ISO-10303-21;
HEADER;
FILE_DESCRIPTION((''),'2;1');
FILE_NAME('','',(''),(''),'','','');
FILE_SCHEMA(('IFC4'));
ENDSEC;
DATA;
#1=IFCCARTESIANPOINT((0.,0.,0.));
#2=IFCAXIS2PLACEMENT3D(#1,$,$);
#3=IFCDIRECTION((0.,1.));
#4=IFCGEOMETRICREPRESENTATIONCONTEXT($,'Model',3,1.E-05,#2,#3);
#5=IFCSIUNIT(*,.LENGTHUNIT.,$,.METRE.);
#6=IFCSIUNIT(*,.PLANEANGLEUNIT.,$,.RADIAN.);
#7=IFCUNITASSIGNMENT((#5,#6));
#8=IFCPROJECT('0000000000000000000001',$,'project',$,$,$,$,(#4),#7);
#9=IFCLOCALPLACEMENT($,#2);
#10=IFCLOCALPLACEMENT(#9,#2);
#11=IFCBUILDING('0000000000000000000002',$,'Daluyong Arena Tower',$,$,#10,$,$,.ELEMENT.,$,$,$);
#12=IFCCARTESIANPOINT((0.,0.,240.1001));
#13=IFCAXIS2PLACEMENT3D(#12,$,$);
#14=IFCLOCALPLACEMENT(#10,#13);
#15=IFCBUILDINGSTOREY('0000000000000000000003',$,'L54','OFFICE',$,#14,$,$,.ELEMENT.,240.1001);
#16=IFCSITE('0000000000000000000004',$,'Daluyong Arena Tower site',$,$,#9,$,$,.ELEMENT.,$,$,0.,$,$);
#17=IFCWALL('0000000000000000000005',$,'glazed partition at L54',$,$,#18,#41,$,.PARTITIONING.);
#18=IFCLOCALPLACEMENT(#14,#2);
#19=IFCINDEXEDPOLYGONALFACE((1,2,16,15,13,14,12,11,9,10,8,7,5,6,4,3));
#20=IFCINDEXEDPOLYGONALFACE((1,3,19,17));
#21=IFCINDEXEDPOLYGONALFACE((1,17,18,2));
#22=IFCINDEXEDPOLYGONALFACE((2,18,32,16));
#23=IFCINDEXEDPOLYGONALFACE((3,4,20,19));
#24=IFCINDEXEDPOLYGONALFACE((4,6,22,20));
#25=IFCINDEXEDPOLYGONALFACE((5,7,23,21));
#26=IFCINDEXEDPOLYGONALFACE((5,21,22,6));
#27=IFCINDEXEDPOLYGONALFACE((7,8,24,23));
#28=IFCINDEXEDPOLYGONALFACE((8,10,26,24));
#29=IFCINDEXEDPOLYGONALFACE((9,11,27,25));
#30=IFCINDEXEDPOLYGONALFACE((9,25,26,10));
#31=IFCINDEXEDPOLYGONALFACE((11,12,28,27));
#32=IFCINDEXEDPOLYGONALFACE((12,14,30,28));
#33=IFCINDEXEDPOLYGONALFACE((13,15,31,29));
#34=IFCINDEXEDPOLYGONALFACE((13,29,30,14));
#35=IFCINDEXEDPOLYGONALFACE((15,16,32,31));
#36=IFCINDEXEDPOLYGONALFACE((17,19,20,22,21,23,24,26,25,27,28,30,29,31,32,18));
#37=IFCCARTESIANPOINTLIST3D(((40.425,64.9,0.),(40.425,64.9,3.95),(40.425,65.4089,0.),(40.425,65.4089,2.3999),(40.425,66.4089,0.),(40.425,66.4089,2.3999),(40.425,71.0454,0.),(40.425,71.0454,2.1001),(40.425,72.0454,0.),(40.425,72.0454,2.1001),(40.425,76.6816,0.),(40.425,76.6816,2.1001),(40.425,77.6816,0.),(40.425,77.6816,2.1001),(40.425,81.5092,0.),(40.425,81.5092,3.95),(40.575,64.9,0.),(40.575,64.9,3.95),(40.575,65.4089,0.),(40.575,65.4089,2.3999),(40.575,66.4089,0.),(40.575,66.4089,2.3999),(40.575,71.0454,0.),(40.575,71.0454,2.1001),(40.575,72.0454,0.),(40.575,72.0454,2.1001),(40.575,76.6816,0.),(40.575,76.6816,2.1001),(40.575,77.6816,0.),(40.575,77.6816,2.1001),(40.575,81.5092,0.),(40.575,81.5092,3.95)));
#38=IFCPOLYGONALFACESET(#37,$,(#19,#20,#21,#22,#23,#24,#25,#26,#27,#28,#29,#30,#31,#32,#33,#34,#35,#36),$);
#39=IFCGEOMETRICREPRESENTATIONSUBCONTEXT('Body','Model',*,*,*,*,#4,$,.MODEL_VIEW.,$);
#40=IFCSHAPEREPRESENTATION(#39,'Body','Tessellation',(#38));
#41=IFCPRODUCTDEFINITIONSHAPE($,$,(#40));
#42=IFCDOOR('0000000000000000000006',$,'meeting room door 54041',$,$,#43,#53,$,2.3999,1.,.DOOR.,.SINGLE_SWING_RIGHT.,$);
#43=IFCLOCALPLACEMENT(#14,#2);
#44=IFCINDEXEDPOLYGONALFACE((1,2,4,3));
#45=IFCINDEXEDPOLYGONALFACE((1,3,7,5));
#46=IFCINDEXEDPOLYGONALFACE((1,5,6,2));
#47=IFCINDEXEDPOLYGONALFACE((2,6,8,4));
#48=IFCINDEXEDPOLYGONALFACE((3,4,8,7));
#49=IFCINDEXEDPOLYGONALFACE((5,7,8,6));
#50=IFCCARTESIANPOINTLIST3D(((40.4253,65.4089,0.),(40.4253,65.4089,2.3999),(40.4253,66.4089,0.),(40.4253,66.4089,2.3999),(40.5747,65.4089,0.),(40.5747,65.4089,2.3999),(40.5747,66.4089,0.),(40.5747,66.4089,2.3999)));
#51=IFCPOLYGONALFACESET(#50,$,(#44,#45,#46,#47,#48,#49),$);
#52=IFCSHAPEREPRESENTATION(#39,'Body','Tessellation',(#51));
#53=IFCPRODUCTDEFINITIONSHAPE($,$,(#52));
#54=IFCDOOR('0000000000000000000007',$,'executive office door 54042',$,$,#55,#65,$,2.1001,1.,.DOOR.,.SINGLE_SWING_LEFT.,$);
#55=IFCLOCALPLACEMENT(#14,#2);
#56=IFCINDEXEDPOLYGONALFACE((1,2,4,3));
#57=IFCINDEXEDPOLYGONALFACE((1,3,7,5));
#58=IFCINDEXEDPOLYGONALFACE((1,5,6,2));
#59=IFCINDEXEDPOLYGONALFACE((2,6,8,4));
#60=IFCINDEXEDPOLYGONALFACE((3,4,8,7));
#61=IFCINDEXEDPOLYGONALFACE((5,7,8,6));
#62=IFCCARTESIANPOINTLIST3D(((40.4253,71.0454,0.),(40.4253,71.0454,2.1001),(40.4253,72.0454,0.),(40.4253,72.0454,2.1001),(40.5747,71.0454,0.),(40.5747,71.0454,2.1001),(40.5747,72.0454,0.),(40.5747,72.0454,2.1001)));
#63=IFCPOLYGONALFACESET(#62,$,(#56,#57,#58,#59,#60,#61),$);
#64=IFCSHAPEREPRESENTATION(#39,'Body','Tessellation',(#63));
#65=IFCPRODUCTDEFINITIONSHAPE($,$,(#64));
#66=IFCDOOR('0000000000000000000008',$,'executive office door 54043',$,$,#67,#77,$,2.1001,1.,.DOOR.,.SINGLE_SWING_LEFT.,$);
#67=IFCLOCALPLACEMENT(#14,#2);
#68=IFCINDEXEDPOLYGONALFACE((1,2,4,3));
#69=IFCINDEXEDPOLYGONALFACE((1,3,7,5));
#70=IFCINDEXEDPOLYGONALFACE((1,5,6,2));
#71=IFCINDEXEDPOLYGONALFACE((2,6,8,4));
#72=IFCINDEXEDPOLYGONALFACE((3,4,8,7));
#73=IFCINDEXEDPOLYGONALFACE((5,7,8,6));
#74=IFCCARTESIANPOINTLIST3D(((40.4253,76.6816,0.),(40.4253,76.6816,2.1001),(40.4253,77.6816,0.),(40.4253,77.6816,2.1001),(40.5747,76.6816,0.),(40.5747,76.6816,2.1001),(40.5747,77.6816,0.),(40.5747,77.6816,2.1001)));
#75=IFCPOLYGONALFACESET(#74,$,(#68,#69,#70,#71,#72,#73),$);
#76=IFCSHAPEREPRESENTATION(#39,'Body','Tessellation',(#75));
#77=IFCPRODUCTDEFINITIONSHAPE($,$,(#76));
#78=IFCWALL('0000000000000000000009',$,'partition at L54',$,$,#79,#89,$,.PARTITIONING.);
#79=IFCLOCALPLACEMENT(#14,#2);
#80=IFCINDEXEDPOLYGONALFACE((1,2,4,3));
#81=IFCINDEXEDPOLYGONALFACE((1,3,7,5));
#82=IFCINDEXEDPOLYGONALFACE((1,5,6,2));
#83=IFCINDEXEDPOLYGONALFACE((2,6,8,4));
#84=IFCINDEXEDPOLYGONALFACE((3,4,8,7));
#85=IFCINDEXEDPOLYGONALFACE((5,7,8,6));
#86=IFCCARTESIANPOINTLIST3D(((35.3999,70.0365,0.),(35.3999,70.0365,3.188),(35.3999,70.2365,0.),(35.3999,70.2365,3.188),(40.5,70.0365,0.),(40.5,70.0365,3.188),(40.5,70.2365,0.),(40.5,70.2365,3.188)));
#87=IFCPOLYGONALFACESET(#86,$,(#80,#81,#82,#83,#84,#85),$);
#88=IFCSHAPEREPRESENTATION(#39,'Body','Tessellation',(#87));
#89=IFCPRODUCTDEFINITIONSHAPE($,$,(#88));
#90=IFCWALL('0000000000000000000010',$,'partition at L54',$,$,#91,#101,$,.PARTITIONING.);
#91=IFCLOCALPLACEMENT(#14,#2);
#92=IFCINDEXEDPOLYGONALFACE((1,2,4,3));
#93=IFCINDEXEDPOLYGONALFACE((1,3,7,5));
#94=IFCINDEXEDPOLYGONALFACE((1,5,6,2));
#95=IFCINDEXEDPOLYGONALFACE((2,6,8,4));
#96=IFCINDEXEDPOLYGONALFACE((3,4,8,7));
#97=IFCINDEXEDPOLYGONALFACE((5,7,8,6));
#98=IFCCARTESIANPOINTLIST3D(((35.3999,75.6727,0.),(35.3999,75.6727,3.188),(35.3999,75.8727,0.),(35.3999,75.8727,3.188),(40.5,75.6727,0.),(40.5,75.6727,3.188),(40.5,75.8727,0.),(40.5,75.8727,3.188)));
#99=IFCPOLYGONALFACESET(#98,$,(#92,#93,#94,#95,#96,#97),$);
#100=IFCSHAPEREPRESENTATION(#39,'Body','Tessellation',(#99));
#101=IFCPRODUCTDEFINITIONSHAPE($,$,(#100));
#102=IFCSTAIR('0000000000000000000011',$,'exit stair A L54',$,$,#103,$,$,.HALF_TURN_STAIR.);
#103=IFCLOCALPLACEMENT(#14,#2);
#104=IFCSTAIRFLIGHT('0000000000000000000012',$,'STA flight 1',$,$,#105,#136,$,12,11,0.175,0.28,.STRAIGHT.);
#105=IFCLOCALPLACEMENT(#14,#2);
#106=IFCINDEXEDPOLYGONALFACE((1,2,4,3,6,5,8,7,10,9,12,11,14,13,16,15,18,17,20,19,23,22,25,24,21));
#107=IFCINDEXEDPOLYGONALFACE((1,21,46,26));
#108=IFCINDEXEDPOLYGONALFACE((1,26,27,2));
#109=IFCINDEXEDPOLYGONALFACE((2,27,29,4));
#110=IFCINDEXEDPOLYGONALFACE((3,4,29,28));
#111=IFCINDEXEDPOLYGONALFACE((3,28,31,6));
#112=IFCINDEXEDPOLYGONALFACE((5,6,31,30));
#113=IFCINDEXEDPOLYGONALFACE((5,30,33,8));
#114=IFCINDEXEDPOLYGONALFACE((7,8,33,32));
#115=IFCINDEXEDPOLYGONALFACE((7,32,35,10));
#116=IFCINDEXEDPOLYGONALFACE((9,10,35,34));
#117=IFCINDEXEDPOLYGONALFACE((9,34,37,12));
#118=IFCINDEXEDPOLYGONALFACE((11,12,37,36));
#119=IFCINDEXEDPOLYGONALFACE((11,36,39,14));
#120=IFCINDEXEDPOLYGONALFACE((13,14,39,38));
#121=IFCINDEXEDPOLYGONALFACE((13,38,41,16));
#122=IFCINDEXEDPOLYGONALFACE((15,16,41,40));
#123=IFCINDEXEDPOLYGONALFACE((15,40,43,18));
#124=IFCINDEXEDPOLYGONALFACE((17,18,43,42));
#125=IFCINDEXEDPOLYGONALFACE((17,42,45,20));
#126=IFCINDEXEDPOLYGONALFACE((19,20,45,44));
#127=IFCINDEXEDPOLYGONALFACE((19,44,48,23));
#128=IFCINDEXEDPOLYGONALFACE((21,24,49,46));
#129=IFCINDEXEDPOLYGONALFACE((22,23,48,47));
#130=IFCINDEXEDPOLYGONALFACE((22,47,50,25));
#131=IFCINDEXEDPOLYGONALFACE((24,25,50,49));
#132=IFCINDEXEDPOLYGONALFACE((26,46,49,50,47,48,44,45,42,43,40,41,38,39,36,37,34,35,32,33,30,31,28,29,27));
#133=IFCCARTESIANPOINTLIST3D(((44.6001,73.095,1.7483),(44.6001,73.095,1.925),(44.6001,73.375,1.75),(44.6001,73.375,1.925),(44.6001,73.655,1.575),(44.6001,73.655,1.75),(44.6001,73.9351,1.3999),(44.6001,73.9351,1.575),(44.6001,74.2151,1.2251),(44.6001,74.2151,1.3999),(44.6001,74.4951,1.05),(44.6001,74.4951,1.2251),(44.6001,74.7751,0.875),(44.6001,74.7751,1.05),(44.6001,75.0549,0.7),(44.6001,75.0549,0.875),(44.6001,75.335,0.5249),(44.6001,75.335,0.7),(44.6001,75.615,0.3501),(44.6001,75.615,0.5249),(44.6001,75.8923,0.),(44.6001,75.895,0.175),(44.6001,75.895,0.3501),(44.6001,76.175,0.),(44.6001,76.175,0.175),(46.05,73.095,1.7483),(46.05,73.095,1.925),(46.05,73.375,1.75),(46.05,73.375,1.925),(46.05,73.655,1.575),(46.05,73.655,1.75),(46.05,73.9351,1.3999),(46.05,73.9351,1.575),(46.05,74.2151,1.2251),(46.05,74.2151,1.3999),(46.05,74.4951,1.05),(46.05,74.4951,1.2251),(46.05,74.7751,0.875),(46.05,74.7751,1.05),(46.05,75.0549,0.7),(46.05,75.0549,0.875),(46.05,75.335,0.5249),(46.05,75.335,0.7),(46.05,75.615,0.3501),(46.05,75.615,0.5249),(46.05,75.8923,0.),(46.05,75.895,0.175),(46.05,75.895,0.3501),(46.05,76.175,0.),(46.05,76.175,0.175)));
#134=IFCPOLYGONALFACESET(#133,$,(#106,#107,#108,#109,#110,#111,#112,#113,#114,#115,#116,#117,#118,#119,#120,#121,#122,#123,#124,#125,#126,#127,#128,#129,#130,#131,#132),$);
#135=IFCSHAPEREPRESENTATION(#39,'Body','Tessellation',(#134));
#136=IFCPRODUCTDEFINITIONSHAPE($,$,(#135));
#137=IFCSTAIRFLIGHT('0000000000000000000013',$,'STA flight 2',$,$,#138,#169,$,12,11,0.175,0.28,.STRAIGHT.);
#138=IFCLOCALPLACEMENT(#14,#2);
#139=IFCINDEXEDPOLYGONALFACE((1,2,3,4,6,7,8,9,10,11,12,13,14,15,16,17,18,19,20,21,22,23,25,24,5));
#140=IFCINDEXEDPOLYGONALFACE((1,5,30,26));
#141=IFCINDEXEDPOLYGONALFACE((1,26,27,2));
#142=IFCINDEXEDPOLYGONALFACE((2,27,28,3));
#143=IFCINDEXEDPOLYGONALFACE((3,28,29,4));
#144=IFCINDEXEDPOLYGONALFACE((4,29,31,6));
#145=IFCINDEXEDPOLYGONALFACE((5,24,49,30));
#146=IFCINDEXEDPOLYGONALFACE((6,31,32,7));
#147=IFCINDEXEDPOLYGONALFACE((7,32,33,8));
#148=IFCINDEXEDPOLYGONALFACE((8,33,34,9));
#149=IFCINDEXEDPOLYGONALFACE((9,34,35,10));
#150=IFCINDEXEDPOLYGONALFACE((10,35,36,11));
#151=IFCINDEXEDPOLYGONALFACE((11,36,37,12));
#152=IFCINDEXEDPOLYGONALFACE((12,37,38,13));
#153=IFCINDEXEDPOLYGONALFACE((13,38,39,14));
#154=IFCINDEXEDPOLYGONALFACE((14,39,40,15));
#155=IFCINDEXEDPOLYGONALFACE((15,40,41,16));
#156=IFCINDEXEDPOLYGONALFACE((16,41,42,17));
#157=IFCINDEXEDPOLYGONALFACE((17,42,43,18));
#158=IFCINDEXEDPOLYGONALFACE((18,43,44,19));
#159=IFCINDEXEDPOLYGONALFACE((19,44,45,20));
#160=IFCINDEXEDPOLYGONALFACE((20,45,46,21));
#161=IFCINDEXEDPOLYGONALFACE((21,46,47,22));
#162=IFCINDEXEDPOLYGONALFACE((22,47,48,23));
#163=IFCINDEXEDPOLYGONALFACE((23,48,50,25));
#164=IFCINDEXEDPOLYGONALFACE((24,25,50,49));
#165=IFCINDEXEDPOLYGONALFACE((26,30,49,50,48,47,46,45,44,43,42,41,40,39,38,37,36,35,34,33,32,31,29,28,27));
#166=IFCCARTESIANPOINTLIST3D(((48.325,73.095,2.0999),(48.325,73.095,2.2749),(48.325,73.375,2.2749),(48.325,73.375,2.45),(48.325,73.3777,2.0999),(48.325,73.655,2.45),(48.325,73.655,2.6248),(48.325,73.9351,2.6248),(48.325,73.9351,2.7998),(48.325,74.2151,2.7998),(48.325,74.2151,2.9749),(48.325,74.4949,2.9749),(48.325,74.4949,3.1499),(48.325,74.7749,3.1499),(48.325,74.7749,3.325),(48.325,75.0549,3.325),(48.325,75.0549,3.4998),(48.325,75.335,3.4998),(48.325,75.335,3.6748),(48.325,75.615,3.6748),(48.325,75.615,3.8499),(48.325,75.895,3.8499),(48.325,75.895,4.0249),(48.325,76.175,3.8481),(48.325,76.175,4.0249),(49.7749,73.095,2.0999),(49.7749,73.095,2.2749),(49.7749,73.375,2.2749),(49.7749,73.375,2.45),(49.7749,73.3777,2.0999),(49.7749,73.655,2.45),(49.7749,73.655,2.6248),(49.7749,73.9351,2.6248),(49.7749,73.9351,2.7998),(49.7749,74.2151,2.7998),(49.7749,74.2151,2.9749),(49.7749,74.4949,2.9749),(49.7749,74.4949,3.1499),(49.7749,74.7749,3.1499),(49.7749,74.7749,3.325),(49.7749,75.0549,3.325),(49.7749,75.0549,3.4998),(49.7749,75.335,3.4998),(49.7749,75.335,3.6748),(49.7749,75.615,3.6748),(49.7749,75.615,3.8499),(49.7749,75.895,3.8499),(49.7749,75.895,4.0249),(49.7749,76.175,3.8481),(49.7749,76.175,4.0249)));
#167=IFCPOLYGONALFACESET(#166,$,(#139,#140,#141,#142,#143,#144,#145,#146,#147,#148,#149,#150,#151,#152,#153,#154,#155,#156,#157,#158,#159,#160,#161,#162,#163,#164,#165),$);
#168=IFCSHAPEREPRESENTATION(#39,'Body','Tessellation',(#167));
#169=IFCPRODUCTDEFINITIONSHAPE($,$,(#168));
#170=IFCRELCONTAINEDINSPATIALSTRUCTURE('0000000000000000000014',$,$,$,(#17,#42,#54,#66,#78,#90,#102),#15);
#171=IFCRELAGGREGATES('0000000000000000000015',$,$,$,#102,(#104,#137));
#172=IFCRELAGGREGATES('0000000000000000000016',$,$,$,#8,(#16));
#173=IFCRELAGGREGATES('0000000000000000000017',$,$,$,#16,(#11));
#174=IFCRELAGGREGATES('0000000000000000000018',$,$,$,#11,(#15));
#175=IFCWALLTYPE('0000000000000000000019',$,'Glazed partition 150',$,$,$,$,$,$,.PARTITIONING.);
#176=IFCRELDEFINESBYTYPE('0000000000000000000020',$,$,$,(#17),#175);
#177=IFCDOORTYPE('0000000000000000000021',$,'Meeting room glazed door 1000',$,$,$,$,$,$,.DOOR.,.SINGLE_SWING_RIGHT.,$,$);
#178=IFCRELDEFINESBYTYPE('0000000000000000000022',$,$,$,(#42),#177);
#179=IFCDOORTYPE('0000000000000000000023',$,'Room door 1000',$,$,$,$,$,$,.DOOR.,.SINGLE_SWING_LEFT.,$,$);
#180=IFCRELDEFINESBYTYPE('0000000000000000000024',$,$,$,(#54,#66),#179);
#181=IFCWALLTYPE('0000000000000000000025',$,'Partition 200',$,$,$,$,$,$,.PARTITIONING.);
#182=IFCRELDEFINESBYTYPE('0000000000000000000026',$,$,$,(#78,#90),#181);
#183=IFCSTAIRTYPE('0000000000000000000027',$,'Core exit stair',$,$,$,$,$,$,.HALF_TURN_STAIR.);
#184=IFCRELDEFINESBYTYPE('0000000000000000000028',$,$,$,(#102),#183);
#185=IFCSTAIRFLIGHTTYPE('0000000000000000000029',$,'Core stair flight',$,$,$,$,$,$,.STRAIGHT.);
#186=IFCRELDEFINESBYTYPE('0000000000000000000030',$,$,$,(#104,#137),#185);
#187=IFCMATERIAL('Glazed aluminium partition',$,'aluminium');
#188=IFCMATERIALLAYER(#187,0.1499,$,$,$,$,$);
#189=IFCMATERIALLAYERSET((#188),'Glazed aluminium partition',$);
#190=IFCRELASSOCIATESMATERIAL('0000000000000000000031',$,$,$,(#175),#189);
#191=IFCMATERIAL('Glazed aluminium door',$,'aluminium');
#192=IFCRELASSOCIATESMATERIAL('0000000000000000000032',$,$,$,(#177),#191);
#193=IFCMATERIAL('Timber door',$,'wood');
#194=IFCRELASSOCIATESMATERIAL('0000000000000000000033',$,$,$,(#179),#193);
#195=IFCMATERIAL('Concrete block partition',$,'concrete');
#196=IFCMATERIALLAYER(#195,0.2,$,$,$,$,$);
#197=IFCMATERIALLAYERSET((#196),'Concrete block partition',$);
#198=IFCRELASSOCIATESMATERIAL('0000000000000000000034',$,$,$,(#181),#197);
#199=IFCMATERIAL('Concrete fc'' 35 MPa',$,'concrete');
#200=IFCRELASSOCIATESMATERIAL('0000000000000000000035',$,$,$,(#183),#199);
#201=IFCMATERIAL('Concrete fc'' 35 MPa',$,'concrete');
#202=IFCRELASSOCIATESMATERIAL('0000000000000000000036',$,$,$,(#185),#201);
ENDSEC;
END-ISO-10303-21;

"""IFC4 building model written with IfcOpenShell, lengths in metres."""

from ifc_helpers import new_model, si_unit, direction, frame, frame_2d, origin, place, context, subcontext, project, spatial, polyline, rectangle, outline, extrude, material, layer, layer_set, type_object, element, fill, aggregate, save


model = new_model("IFC4")

# Units and contexts
model_context = context("Model", 3, precision=1e-05, world=origin(), true_north=direction((0.0, 1.0)))
body_context = subcontext(model_context, "Body", "Model", "MODEL_VIEW")
ifc_project = project(units=[si_unit("LENGTHUNIT", "METRE"), si_unit("PLANEANGLEUNIT", "RADIAN")], contexts=[model_context])

# Site, building, storey
site_placement = place(None, origin())
site = spatial("IfcSite", under=ifc_project, at=site_placement, Name="Daluyong Arena Tower site", CompositionType="ELEMENT", RefElevation=0.0)
building_placement = place(site_placement, origin())
building = spatial("IfcBuilding", under=site, at=building_placement, Name="Daluyong Arena Tower", CompositionType="ELEMENT")
storey_placement = place(building_placement, frame((0.0, 0.0, 240.1001)))
storey = spatial("IfcBuildingStorey", under=building, at=storey_placement, Name="L54", Description="OFFICE", CompositionType="ELEMENT", Elevation=240.1001)

# Wall, openings, doors
ifc_material_1 = material(Name="Glazed aluminium partition", Category="aluminium")
ifc_layer_1 = layer(ifc_material_1, 0.1499)
ifc_layer_set_1 = layer_set([ifc_layer_1], Name="Glazed aluminium partition")
wall_type_1 = type_object("IfcWallType", Name="Glazed partition 150", PredefinedType="PARTITIONING", material=ifc_layer_set_1)
wall_1_placement = place(storey_placement, frame((40.5, 64.8999, 0.0), z_axis=(0.0, 0.0, 1.0), x_axis=(0.0, 1.0, 0.0)))
wall_1 = element("IfcWall", 1, at=wall_1_placement, inside=storey, type_object=wall_type_1, Name="glazed partition at L54", PredefinedType="PARTITIONING", context=body_context, shape_type="SweptSolid", body=[
    extrude(rectangle(XDim=16.6091, YDim=0.1499, at=frame_2d((8.3047, 0.0))), origin(), (0.0, 0.0, 1.0), 3.95),
])
opening_1_placement = place(wall_1_placement, frame((0.509, 0.0, 0.0)))
opening_1 = element("IfcOpeningElement", 2, at=opening_1_placement, cuts=wall_1, PredefinedType="OPENING", context=body_context, shape_type="SweptSolid", body=[
    extrude(rectangle(XDim=1.0, YDim=2.3999, at=frame_2d((0.5, 1.2))), frame((0.0, 0.085, 0.0), z_axis=(0.0, -1.0, 0.0), x_axis=(1.0, 0.0, 0.0)), (0.0, 0.0, 1.0), 0.1699),
])
opening_2_placement = place(wall_1_placement, frame((6.1455, 0.0, 0.0)))
opening_2 = element("IfcOpeningElement", 3, at=opening_2_placement, cuts=wall_1, PredefinedType="OPENING", context=body_context, shape_type="SweptSolid", body=[
    extrude(rectangle(XDim=1.0, YDim=2.1001, at=frame_2d((0.5, 1.05))), frame((0.0, 0.085, 0.0), z_axis=(0.0, -1.0, 0.0), x_axis=(1.0, 0.0, 0.0)), (0.0, 0.0, 1.0), 0.1699),
])
opening_3_placement = place(wall_1_placement, frame((11.7817, 0.0, 0.0)))
opening_3 = element("IfcOpeningElement", 4, at=opening_3_placement, cuts=wall_1, PredefinedType="OPENING", context=body_context, shape_type="SweptSolid", body=[
    extrude(rectangle(XDim=1.0, YDim=2.1001, at=frame_2d((0.5, 1.05))), frame((0.0, 0.085, 0.0), z_axis=(0.0, -1.0, 0.0), x_axis=(1.0, 0.0, 0.0)), (0.0, 0.0, 1.0), 0.1699),
])
ifc_material_2 = material(Name="Glazed aluminium door", Category="aluminium")
door_type_1 = type_object("IfcDoorType", Name="Meeting room glazed door 1000", OperationType="SINGLE_SWING_RIGHT", PredefinedType="DOOR", material=ifc_material_2)
door_1_placement = place(opening_1_placement, origin())
door_1 = element("IfcDoor", 5, at=door_1_placement, inside=storey, type_object=door_type_1, Name="meeting room door 54041", OperationType="SINGLE_SWING_RIGHT", OverallHeight=2.3999, OverallWidth=1.0, PredefinedType="DOOR", context=body_context, shape_type="SweptSolid", body=[
    extrude(rectangle(XDim=1.0, YDim=2.3999, at=frame_2d((0.5, 1.2))), frame((0.0, 0.0747, 0.0), z_axis=(0.0, -1.0, 0.0), x_axis=(1.0, 0.0, 0.0)), (0.0, 0.0, 1.0), 0.1494),
])
fill(opening_1, door_1)
ifc_material_3 = material(Name="Timber door", Category="wood")
door_type_2 = type_object("IfcDoorType", Name="Room door 1000", OperationType="SINGLE_SWING_LEFT", PredefinedType="DOOR", material=ifc_material_3)
door_2_placement = place(opening_2_placement, origin())
door_2 = element("IfcDoor", 6, at=door_2_placement, inside=storey, type_object=door_type_2, Name="executive office door 54042", OperationType="SINGLE_SWING_LEFT", OverallHeight=2.1001, OverallWidth=1.0, PredefinedType="DOOR", context=body_context, shape_type="SweptSolid", body=[
    extrude(rectangle(XDim=1.0, YDim=2.1001, at=frame_2d((0.5, 1.05))), frame((0.0, 0.0747, 0.0), z_axis=(0.0, -1.0, 0.0), x_axis=(1.0, 0.0, 0.0)), (0.0, 0.0, 1.0), 0.1494),
])
fill(opening_2, door_2)
door_3_placement = place(opening_3_placement, origin())
door_3 = element("IfcDoor", 7, at=door_3_placement, inside=storey, type_object=door_type_2, Name="executive office door 54043", OperationType="SINGLE_SWING_LEFT", OverallHeight=2.1001, OverallWidth=1.0, PredefinedType="DOOR", context=body_context, shape_type="SweptSolid", body=[
    extrude(rectangle(XDim=1.0, YDim=2.1001, at=frame_2d((0.5, 1.05))), frame((0.0, 0.0747, 0.0), z_axis=(0.0, -1.0, 0.0), x_axis=(1.0, 0.0, 0.0)), (0.0, 0.0, 1.0), 0.1494),
])
fill(opening_3, door_3)

# Walls
ifc_material_4 = material(Name="Concrete block partition", Category="concrete")
ifc_layer_2 = layer(ifc_material_4, 0.2)
ifc_layer_set_2 = layer_set([ifc_layer_2], Name="Concrete block partition")
wall_type_2 = type_object("IfcWallType", Name="Partition 200", PredefinedType="PARTITIONING", material=ifc_layer_set_2)
for number, where, z_axis, x_axis, name in (
    (8, (35.3999, 70.1365, 0.0), (0.0, 0.0, 1.0), (1.0, 0.0, 0.0), "partition at L54"),
    (9, (35.3999, 75.7727, 0.0), (0.0, 0.0, 1.0), (1.0, 0.0, 0.0), "partition at L54"),
):
    element("IfcWall", number, at=place(storey_placement, frame(where, z_axis=z_axis, x_axis=x_axis)), inside=storey, type_object=wall_type_2, Name=name, PredefinedType="PARTITIONING", context=body_context, shape_type="SweptSolid", body=[
        extrude(rectangle(XDim=5.1001, YDim=0.2, at=frame_2d((2.55, 0.0))), origin(), (0.0, 0.0, 1.0), 3.188),
    ])

# Stair, stair flights
ifc_material_5 = material(Name="Concrete fc' 35 MPa", Category="concrete")
stair_type = type_object("IfcStairType", Name="Core exit stair", PredefinedType="HALF_TURN_STAIR", material=ifc_material_5)
stair_placement = place(storey_placement, origin())
stair = element("IfcStair", 10, at=stair_placement, inside=storey, type_object=stair_type, Name="exit stair A L54", PredefinedType="HALF_TURN_STAIR")
ifc_material_6 = material(Name="Concrete fc' 35 MPa", Category="concrete")
stair_flight_type = type_object("IfcStairFlightType", Name="Core stair flight", PredefinedType="STRAIGHT", material=ifc_material_6)
stair_flight_1_placement = place(storey_placement, frame((45.325, 76.175, 0.0), z_axis=(0.0, 0.0, 1.0), x_axis=(0.0, -1.0, 0.0)))
stair_flight_1 = element("IfcStairFlight", 11, at=stair_flight_1_placement, type_object=stair_flight_type, Name="STA flight 1", NumberOfRisers=12, NumberOfTreads=11, PredefinedType="STRAIGHT", RiserHeight=0.175, TreadLength=0.28, context=body_context, shape_type="SweptSolid", body=[
    extrude(outline(polyline([(0.0, 0.0), (0.0, 0.175), (0.28, 0.175), (0.28, 0.3501), (0.5601, 0.3501), (0.5601, 0.5249), (0.8401, 0.5249), (0.8401, 0.7), (1.1201, 0.7), (1.1201, 0.875), (1.3999, 0.875), (1.3999, 1.05), (1.6799, 1.05), (1.6799, 1.2251), (1.96, 1.2251), (1.96, 1.3999), (2.24, 1.3999), (2.24, 1.575), (2.52, 1.575), (2.52, 1.75), (2.8, 1.75), (2.8, 1.925), (3.0801, 1.925), (3.0801, 2.1001), (3.0801, 1.7483), (0.2827, 0.0), (0.0, 0.0)])), frame((0.0, 0.7251, 0.0), z_axis=(0.0, -1.0, 0.0), x_axis=(1.0, 0.0, 0.0)), (0.0, 0.0, 1.0), 1.45),
])
stair_flight_2_placement = place(storey_placement, frame((49.05, 73.095, 2.0999), z_axis=(0.0, 0.0, 1.0), x_axis=(0.0, 1.0, 0.0)))
stair_flight_2 = element("IfcStairFlight", 12, at=stair_flight_2_placement, type_object=stair_flight_type, Name="STA flight 2", NumberOfRisers=12, NumberOfTreads=11, PredefinedType="STRAIGHT", RiserHeight=0.175, TreadLength=0.28, context=body_context, shape_type="SweptSolid", body=[
    extrude(outline(polyline([(0.0, 0.0), (0.0, 0.175), (0.28, 0.175), (0.28, 0.3501), (0.5601, 0.3501), (0.5601, 0.5249), (0.8401, 0.5249), (0.8401, 0.7), (1.1201, 0.7), (1.1201, 0.875), (1.3999, 0.875), (1.3999, 1.05), (1.6799, 1.05), (1.6799, 1.2251), (1.96, 1.2251), (1.96, 1.3999), (2.24, 1.3999), (2.24, 1.575), (2.52, 1.575), (2.52, 1.75), (2.8, 1.75), (2.8, 1.925), (3.0801, 1.925), (3.0801, 2.1001), (3.0801, 1.7483), (0.2827, 0.0), (0.0, 0.0)])), frame((0.0, 0.7251, 0.0), z_axis=(0.0, -1.0, 0.0), x_axis=(1.0, 0.0, 0.0)), (0.0, 0.0, 1.0), 1.45),
])
aggregate(stair, [stair_flight_1, stair_flight_2])

save(model, "model.ifc")
